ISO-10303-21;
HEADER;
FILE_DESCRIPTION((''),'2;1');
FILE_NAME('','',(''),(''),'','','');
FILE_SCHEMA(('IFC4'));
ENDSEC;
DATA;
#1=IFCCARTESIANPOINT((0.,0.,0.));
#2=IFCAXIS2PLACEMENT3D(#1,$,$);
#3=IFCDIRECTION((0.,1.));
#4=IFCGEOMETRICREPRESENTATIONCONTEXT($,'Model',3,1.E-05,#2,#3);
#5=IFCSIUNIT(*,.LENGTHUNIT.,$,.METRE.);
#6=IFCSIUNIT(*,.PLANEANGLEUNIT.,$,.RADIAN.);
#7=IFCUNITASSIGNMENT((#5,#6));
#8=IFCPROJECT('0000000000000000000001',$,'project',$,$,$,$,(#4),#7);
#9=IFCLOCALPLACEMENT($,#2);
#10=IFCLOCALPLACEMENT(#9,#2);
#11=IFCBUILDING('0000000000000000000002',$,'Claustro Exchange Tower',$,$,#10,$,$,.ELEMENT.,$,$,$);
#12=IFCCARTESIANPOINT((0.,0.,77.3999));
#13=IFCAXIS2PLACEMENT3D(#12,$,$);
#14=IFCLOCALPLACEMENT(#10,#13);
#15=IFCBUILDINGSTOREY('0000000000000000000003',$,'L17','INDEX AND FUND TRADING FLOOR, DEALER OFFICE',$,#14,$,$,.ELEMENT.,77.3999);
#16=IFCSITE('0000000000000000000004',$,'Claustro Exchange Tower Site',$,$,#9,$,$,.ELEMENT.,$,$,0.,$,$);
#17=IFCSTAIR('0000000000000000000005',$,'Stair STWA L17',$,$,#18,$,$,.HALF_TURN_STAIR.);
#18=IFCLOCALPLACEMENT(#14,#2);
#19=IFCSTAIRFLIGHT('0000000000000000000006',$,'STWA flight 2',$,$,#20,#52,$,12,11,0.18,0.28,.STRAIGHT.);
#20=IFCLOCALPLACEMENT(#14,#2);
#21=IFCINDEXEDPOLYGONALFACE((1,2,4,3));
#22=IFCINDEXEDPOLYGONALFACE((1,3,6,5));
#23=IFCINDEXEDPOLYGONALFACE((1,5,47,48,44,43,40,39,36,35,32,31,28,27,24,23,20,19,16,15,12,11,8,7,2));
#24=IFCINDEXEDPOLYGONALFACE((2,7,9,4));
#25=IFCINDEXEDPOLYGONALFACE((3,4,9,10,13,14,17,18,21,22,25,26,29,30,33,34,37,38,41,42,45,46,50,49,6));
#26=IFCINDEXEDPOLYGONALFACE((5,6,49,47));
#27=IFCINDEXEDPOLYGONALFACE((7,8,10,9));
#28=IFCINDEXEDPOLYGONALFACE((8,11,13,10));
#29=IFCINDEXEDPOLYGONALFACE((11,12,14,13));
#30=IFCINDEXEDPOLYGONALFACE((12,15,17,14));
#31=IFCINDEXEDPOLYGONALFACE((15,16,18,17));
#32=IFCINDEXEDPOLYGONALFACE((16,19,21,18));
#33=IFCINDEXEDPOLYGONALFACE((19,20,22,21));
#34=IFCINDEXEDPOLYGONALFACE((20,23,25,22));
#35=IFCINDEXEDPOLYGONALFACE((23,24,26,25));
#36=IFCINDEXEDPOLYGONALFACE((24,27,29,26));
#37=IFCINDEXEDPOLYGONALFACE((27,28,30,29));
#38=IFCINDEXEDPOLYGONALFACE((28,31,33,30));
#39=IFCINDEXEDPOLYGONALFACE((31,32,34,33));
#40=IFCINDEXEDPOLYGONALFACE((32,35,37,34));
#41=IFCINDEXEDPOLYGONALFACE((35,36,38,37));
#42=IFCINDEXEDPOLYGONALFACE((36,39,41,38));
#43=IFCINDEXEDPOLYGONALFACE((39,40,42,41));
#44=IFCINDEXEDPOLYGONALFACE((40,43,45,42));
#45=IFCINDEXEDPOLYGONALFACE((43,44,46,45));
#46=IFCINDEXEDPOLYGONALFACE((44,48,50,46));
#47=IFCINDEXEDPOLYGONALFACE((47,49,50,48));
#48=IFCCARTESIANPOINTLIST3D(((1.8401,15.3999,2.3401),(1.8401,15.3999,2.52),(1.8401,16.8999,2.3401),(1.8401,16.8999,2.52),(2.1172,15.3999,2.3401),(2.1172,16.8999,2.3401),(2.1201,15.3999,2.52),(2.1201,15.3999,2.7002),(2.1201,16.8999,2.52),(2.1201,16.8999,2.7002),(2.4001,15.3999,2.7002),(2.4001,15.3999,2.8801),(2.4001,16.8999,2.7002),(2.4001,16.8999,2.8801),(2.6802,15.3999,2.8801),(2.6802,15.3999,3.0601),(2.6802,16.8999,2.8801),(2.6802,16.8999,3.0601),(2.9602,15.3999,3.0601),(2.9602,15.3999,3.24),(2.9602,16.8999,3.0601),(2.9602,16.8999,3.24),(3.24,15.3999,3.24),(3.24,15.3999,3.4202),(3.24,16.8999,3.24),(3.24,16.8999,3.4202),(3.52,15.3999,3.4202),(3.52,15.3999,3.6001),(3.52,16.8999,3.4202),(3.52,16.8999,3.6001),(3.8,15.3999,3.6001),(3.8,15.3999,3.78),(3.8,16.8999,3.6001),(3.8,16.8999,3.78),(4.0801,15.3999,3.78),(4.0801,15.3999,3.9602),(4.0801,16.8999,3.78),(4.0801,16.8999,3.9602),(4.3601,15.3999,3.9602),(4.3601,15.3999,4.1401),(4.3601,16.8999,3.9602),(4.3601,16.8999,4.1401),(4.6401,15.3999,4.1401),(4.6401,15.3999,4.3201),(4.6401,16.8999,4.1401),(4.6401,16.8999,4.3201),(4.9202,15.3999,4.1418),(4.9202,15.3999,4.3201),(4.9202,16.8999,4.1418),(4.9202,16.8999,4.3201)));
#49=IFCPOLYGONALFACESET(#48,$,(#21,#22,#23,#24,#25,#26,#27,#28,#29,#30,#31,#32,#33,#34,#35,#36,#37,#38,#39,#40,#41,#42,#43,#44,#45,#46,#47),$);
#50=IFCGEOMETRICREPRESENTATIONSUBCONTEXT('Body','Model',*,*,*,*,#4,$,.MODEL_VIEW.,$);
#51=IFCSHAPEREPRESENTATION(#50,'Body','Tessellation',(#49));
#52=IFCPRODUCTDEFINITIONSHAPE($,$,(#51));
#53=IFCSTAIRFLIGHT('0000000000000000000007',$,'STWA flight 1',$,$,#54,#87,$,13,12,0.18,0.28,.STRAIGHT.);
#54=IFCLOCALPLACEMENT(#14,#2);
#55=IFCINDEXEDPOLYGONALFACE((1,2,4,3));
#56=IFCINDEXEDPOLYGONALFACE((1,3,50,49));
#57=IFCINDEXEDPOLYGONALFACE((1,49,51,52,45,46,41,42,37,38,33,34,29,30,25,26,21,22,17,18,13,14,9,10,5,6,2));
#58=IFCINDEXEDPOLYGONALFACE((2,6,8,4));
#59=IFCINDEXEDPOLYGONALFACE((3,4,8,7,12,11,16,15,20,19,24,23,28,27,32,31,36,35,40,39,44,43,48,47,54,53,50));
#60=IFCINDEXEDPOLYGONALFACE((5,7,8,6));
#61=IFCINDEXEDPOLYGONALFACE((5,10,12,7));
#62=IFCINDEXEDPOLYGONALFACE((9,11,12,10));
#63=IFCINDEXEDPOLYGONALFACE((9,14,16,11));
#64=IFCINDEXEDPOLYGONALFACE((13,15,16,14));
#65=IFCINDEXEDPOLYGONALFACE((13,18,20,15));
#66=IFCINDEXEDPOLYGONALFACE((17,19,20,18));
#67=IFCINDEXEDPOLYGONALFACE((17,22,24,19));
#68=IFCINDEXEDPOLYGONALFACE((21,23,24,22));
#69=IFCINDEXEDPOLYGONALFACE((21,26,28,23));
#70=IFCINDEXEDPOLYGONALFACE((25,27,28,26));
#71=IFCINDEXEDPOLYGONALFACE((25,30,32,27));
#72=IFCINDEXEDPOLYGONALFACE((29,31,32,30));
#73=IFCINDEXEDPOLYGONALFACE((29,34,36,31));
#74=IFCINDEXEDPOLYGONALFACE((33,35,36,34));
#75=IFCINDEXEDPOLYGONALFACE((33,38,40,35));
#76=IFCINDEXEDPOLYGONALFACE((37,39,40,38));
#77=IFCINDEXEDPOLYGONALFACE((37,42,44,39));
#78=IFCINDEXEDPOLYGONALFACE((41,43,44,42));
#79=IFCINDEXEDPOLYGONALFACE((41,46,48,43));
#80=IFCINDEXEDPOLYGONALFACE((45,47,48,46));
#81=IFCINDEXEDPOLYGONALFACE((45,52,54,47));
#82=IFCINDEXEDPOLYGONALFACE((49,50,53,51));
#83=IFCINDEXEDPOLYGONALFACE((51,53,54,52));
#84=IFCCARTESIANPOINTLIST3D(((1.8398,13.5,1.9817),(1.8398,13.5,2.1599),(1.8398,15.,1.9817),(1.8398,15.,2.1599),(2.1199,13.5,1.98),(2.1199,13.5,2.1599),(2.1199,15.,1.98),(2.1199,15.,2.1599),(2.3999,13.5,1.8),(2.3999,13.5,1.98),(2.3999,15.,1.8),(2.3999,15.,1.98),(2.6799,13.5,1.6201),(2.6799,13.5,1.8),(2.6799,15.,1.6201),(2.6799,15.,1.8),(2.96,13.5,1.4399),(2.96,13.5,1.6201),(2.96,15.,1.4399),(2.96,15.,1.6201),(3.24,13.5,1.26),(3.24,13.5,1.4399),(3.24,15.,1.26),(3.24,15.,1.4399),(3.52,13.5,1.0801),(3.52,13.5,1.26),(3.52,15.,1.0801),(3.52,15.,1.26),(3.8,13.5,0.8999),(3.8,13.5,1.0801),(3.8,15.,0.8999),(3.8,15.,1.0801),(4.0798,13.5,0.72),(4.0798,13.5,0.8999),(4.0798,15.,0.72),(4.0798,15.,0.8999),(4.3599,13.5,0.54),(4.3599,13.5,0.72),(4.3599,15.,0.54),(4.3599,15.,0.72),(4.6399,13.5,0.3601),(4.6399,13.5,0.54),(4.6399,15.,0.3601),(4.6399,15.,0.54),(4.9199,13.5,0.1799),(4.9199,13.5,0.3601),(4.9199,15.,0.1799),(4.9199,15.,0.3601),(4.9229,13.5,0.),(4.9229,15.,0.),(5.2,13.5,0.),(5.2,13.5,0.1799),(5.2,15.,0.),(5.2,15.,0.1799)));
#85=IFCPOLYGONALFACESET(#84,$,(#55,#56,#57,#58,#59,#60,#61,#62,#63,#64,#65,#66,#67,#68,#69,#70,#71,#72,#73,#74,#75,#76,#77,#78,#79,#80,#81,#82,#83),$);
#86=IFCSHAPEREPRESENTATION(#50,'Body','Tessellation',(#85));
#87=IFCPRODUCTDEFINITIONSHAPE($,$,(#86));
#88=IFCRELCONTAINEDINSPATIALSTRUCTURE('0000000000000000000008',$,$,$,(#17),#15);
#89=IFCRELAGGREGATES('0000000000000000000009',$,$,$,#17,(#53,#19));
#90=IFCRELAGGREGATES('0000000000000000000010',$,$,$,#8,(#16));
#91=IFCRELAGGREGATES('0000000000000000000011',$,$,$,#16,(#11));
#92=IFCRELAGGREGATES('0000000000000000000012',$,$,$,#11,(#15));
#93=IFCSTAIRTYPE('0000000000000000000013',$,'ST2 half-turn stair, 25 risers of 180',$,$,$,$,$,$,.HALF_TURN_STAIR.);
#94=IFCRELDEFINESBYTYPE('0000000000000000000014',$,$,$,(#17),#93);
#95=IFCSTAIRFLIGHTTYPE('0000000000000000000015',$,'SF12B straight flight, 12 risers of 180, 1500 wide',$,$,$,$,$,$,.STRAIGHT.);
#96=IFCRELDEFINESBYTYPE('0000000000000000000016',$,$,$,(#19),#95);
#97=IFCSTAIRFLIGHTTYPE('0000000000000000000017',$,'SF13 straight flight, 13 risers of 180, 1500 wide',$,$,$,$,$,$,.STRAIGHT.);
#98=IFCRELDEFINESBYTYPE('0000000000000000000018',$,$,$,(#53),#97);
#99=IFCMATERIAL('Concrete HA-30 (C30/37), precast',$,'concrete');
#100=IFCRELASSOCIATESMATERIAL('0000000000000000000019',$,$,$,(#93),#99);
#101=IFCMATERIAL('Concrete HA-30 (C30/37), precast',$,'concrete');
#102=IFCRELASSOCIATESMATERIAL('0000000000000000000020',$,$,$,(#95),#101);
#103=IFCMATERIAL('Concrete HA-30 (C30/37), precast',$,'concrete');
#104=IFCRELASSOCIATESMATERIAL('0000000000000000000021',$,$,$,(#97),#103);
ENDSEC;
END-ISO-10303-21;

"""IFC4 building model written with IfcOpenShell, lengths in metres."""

from ifc_helpers import new_model, si_unit, direction, frame, origin, place, context, subcontext, project, spatial, polyline, outline, extrude, material, type_object, element, aggregate, save


model = new_model("IFC4")

# Units and contexts
model_context = context("Model", 3, precision=1e-05, world=origin(), true_north=direction((0.0, 1.0)))
body_context = subcontext(model_context, "Body", "Model", "MODEL_VIEW")
ifc_project = project(units=[si_unit("LENGTHUNIT", "METRE"), si_unit("PLANEANGLEUNIT", "RADIAN")], contexts=[model_context])

# Site, building, storey
site_placement = place(None, origin())
site = spatial("IfcSite", under=ifc_project, at=site_placement, Name="Claustro Exchange Tower Site", CompositionType="ELEMENT", RefElevation=0.0)
building_placement = place(site_placement, origin())
building = spatial("IfcBuilding", under=site, at=building_placement, Name="Claustro Exchange Tower", CompositionType="ELEMENT")
storey_placement = place(building_placement, frame((0.0, 0.0, 77.3999)))
storey = spatial("IfcBuildingStorey", under=building, at=storey_placement, Name="L17", Description="INDEX AND FUND TRADING FLOOR, DEALER OFFICE", CompositionType="ELEMENT", Elevation=77.3999)

# Stair, stair flights
ifc_material_1 = material(Name="Concrete HA-30 (C30/37), precast", Category="concrete")
stair_type = type_object("IfcStairType", Name="ST2 half-turn stair, 25 risers of 180", PredefinedType="HALF_TURN_STAIR", material=ifc_material_1)
stair_placement = place(storey_placement, origin())
stair = element("IfcStair", 1, at=stair_placement, inside=storey, type_object=stair_type, Name="Stair STWA L17", PredefinedType="HALF_TURN_STAIR")
ifc_material_2 = material(Name="Concrete HA-30 (C30/37), precast", Category="concrete")
stair_flight_type_1 = type_object("IfcStairFlightType", Name="SF12B straight flight, 12 risers of 180, 1500 wide", PredefinedType="STRAIGHT", material=ifc_material_2)
stair_flight_1_placement = place(storey_placement, frame((1.8401, 16.1499, 2.3401), z_axis=(0.0, 0.0, 1.0), x_axis=(1.0, 0.0, 0.0)))
stair_flight_1 = element("IfcStairFlight", 2, at=stair_flight_1_placement, type_object=stair_flight_type_1, Name="STWA flight 2", NumberOfRisers=12, NumberOfTreads=11, PredefinedType="STRAIGHT", RiserHeight=0.18, TreadLength=0.28, context=body_context, shape_type="SweptSolid", body=[
    extrude(outline(polyline([(0.0, 0.0), (0.0, 0.1799), (0.28, 0.1799), (0.28, 0.3601), (0.5601, 0.3601), (0.5601, 0.54), (0.8401, 0.54), (0.8401, 0.72), (1.1201, 0.72), (1.1201, 0.8999), (1.3999, 0.8999), (1.3999, 1.0801), (1.6799, 1.0801), (1.6799, 1.26), (1.96, 1.26), (1.96, 1.4399), (2.24, 1.4399), (2.24, 1.6201), (2.52, 1.6201), (2.52, 1.8), (2.8, 1.8), (2.8, 1.98), (3.0801, 1.98), (3.0801, 2.1599), (3.0801, 1.8018), (0.2771, 0.0), (0.0, 0.0)])), frame((0.0, 0.75, 0.0), z_axis=(0.0, -1.0, 0.0), x_axis=(1.0, 0.0, 0.0)), (0.0, 0.0, 1.0), 1.5),
])
ifc_material_3 = material(Name="Concrete HA-30 (C30/37), precast", Category="concrete")
stair_flight_type_2 = type_object("IfcStairFlightType", Name="SF13 straight flight, 13 risers of 180, 1500 wide", PredefinedType="STRAIGHT", material=ifc_material_3)
stair_flight_2_placement = place(storey_placement, frame((5.2, 14.25, 0.0), z_axis=(0.0, 0.0, 1.0), x_axis=(-1.0, 0.0, 0.0)))
stair_flight_2 = element("IfcStairFlight", 3, at=stair_flight_2_placement, type_object=stair_flight_type_2, Name="STWA flight 1", NumberOfRisers=13, NumberOfTreads=12, PredefinedType="STRAIGHT", RiserHeight=0.18, TreadLength=0.28, context=body_context, shape_type="SweptSolid", body=[
    extrude(outline(polyline([(0.0, 0.0), (0.0, 0.1799), (0.28, 0.1799), (0.28, 0.3601), (0.5601, 0.3601), (0.5601, 0.54), (0.8401, 0.54), (0.8401, 0.72), (1.1201, 0.72), (1.1201, 0.8999), (1.3999, 0.8999), (1.3999, 1.0801), (1.6799, 1.0801), (1.6799, 1.26), (1.96, 1.26), (1.96, 1.4399), (2.24, 1.4399), (2.24, 1.6201), (2.52, 1.6201), (2.52, 1.8), (2.8, 1.8), (2.8, 1.98), (3.0801, 1.98), (3.0801, 2.1599), (3.3601, 2.1599), (3.3601, 2.3401), (3.3601, 1.9817), (0.2771, 0.0), (0.0, 0.0)])), frame((0.0, 0.75, 0.0), z_axis=(0.0, -1.0, 0.0), x_axis=(1.0, 0.0, 0.0)), (0.0, 0.0, 1.0), 1.5),
])
aggregate(stair, [stair_flight_2, stair_flight_1])

save(model, "model.ifc")
